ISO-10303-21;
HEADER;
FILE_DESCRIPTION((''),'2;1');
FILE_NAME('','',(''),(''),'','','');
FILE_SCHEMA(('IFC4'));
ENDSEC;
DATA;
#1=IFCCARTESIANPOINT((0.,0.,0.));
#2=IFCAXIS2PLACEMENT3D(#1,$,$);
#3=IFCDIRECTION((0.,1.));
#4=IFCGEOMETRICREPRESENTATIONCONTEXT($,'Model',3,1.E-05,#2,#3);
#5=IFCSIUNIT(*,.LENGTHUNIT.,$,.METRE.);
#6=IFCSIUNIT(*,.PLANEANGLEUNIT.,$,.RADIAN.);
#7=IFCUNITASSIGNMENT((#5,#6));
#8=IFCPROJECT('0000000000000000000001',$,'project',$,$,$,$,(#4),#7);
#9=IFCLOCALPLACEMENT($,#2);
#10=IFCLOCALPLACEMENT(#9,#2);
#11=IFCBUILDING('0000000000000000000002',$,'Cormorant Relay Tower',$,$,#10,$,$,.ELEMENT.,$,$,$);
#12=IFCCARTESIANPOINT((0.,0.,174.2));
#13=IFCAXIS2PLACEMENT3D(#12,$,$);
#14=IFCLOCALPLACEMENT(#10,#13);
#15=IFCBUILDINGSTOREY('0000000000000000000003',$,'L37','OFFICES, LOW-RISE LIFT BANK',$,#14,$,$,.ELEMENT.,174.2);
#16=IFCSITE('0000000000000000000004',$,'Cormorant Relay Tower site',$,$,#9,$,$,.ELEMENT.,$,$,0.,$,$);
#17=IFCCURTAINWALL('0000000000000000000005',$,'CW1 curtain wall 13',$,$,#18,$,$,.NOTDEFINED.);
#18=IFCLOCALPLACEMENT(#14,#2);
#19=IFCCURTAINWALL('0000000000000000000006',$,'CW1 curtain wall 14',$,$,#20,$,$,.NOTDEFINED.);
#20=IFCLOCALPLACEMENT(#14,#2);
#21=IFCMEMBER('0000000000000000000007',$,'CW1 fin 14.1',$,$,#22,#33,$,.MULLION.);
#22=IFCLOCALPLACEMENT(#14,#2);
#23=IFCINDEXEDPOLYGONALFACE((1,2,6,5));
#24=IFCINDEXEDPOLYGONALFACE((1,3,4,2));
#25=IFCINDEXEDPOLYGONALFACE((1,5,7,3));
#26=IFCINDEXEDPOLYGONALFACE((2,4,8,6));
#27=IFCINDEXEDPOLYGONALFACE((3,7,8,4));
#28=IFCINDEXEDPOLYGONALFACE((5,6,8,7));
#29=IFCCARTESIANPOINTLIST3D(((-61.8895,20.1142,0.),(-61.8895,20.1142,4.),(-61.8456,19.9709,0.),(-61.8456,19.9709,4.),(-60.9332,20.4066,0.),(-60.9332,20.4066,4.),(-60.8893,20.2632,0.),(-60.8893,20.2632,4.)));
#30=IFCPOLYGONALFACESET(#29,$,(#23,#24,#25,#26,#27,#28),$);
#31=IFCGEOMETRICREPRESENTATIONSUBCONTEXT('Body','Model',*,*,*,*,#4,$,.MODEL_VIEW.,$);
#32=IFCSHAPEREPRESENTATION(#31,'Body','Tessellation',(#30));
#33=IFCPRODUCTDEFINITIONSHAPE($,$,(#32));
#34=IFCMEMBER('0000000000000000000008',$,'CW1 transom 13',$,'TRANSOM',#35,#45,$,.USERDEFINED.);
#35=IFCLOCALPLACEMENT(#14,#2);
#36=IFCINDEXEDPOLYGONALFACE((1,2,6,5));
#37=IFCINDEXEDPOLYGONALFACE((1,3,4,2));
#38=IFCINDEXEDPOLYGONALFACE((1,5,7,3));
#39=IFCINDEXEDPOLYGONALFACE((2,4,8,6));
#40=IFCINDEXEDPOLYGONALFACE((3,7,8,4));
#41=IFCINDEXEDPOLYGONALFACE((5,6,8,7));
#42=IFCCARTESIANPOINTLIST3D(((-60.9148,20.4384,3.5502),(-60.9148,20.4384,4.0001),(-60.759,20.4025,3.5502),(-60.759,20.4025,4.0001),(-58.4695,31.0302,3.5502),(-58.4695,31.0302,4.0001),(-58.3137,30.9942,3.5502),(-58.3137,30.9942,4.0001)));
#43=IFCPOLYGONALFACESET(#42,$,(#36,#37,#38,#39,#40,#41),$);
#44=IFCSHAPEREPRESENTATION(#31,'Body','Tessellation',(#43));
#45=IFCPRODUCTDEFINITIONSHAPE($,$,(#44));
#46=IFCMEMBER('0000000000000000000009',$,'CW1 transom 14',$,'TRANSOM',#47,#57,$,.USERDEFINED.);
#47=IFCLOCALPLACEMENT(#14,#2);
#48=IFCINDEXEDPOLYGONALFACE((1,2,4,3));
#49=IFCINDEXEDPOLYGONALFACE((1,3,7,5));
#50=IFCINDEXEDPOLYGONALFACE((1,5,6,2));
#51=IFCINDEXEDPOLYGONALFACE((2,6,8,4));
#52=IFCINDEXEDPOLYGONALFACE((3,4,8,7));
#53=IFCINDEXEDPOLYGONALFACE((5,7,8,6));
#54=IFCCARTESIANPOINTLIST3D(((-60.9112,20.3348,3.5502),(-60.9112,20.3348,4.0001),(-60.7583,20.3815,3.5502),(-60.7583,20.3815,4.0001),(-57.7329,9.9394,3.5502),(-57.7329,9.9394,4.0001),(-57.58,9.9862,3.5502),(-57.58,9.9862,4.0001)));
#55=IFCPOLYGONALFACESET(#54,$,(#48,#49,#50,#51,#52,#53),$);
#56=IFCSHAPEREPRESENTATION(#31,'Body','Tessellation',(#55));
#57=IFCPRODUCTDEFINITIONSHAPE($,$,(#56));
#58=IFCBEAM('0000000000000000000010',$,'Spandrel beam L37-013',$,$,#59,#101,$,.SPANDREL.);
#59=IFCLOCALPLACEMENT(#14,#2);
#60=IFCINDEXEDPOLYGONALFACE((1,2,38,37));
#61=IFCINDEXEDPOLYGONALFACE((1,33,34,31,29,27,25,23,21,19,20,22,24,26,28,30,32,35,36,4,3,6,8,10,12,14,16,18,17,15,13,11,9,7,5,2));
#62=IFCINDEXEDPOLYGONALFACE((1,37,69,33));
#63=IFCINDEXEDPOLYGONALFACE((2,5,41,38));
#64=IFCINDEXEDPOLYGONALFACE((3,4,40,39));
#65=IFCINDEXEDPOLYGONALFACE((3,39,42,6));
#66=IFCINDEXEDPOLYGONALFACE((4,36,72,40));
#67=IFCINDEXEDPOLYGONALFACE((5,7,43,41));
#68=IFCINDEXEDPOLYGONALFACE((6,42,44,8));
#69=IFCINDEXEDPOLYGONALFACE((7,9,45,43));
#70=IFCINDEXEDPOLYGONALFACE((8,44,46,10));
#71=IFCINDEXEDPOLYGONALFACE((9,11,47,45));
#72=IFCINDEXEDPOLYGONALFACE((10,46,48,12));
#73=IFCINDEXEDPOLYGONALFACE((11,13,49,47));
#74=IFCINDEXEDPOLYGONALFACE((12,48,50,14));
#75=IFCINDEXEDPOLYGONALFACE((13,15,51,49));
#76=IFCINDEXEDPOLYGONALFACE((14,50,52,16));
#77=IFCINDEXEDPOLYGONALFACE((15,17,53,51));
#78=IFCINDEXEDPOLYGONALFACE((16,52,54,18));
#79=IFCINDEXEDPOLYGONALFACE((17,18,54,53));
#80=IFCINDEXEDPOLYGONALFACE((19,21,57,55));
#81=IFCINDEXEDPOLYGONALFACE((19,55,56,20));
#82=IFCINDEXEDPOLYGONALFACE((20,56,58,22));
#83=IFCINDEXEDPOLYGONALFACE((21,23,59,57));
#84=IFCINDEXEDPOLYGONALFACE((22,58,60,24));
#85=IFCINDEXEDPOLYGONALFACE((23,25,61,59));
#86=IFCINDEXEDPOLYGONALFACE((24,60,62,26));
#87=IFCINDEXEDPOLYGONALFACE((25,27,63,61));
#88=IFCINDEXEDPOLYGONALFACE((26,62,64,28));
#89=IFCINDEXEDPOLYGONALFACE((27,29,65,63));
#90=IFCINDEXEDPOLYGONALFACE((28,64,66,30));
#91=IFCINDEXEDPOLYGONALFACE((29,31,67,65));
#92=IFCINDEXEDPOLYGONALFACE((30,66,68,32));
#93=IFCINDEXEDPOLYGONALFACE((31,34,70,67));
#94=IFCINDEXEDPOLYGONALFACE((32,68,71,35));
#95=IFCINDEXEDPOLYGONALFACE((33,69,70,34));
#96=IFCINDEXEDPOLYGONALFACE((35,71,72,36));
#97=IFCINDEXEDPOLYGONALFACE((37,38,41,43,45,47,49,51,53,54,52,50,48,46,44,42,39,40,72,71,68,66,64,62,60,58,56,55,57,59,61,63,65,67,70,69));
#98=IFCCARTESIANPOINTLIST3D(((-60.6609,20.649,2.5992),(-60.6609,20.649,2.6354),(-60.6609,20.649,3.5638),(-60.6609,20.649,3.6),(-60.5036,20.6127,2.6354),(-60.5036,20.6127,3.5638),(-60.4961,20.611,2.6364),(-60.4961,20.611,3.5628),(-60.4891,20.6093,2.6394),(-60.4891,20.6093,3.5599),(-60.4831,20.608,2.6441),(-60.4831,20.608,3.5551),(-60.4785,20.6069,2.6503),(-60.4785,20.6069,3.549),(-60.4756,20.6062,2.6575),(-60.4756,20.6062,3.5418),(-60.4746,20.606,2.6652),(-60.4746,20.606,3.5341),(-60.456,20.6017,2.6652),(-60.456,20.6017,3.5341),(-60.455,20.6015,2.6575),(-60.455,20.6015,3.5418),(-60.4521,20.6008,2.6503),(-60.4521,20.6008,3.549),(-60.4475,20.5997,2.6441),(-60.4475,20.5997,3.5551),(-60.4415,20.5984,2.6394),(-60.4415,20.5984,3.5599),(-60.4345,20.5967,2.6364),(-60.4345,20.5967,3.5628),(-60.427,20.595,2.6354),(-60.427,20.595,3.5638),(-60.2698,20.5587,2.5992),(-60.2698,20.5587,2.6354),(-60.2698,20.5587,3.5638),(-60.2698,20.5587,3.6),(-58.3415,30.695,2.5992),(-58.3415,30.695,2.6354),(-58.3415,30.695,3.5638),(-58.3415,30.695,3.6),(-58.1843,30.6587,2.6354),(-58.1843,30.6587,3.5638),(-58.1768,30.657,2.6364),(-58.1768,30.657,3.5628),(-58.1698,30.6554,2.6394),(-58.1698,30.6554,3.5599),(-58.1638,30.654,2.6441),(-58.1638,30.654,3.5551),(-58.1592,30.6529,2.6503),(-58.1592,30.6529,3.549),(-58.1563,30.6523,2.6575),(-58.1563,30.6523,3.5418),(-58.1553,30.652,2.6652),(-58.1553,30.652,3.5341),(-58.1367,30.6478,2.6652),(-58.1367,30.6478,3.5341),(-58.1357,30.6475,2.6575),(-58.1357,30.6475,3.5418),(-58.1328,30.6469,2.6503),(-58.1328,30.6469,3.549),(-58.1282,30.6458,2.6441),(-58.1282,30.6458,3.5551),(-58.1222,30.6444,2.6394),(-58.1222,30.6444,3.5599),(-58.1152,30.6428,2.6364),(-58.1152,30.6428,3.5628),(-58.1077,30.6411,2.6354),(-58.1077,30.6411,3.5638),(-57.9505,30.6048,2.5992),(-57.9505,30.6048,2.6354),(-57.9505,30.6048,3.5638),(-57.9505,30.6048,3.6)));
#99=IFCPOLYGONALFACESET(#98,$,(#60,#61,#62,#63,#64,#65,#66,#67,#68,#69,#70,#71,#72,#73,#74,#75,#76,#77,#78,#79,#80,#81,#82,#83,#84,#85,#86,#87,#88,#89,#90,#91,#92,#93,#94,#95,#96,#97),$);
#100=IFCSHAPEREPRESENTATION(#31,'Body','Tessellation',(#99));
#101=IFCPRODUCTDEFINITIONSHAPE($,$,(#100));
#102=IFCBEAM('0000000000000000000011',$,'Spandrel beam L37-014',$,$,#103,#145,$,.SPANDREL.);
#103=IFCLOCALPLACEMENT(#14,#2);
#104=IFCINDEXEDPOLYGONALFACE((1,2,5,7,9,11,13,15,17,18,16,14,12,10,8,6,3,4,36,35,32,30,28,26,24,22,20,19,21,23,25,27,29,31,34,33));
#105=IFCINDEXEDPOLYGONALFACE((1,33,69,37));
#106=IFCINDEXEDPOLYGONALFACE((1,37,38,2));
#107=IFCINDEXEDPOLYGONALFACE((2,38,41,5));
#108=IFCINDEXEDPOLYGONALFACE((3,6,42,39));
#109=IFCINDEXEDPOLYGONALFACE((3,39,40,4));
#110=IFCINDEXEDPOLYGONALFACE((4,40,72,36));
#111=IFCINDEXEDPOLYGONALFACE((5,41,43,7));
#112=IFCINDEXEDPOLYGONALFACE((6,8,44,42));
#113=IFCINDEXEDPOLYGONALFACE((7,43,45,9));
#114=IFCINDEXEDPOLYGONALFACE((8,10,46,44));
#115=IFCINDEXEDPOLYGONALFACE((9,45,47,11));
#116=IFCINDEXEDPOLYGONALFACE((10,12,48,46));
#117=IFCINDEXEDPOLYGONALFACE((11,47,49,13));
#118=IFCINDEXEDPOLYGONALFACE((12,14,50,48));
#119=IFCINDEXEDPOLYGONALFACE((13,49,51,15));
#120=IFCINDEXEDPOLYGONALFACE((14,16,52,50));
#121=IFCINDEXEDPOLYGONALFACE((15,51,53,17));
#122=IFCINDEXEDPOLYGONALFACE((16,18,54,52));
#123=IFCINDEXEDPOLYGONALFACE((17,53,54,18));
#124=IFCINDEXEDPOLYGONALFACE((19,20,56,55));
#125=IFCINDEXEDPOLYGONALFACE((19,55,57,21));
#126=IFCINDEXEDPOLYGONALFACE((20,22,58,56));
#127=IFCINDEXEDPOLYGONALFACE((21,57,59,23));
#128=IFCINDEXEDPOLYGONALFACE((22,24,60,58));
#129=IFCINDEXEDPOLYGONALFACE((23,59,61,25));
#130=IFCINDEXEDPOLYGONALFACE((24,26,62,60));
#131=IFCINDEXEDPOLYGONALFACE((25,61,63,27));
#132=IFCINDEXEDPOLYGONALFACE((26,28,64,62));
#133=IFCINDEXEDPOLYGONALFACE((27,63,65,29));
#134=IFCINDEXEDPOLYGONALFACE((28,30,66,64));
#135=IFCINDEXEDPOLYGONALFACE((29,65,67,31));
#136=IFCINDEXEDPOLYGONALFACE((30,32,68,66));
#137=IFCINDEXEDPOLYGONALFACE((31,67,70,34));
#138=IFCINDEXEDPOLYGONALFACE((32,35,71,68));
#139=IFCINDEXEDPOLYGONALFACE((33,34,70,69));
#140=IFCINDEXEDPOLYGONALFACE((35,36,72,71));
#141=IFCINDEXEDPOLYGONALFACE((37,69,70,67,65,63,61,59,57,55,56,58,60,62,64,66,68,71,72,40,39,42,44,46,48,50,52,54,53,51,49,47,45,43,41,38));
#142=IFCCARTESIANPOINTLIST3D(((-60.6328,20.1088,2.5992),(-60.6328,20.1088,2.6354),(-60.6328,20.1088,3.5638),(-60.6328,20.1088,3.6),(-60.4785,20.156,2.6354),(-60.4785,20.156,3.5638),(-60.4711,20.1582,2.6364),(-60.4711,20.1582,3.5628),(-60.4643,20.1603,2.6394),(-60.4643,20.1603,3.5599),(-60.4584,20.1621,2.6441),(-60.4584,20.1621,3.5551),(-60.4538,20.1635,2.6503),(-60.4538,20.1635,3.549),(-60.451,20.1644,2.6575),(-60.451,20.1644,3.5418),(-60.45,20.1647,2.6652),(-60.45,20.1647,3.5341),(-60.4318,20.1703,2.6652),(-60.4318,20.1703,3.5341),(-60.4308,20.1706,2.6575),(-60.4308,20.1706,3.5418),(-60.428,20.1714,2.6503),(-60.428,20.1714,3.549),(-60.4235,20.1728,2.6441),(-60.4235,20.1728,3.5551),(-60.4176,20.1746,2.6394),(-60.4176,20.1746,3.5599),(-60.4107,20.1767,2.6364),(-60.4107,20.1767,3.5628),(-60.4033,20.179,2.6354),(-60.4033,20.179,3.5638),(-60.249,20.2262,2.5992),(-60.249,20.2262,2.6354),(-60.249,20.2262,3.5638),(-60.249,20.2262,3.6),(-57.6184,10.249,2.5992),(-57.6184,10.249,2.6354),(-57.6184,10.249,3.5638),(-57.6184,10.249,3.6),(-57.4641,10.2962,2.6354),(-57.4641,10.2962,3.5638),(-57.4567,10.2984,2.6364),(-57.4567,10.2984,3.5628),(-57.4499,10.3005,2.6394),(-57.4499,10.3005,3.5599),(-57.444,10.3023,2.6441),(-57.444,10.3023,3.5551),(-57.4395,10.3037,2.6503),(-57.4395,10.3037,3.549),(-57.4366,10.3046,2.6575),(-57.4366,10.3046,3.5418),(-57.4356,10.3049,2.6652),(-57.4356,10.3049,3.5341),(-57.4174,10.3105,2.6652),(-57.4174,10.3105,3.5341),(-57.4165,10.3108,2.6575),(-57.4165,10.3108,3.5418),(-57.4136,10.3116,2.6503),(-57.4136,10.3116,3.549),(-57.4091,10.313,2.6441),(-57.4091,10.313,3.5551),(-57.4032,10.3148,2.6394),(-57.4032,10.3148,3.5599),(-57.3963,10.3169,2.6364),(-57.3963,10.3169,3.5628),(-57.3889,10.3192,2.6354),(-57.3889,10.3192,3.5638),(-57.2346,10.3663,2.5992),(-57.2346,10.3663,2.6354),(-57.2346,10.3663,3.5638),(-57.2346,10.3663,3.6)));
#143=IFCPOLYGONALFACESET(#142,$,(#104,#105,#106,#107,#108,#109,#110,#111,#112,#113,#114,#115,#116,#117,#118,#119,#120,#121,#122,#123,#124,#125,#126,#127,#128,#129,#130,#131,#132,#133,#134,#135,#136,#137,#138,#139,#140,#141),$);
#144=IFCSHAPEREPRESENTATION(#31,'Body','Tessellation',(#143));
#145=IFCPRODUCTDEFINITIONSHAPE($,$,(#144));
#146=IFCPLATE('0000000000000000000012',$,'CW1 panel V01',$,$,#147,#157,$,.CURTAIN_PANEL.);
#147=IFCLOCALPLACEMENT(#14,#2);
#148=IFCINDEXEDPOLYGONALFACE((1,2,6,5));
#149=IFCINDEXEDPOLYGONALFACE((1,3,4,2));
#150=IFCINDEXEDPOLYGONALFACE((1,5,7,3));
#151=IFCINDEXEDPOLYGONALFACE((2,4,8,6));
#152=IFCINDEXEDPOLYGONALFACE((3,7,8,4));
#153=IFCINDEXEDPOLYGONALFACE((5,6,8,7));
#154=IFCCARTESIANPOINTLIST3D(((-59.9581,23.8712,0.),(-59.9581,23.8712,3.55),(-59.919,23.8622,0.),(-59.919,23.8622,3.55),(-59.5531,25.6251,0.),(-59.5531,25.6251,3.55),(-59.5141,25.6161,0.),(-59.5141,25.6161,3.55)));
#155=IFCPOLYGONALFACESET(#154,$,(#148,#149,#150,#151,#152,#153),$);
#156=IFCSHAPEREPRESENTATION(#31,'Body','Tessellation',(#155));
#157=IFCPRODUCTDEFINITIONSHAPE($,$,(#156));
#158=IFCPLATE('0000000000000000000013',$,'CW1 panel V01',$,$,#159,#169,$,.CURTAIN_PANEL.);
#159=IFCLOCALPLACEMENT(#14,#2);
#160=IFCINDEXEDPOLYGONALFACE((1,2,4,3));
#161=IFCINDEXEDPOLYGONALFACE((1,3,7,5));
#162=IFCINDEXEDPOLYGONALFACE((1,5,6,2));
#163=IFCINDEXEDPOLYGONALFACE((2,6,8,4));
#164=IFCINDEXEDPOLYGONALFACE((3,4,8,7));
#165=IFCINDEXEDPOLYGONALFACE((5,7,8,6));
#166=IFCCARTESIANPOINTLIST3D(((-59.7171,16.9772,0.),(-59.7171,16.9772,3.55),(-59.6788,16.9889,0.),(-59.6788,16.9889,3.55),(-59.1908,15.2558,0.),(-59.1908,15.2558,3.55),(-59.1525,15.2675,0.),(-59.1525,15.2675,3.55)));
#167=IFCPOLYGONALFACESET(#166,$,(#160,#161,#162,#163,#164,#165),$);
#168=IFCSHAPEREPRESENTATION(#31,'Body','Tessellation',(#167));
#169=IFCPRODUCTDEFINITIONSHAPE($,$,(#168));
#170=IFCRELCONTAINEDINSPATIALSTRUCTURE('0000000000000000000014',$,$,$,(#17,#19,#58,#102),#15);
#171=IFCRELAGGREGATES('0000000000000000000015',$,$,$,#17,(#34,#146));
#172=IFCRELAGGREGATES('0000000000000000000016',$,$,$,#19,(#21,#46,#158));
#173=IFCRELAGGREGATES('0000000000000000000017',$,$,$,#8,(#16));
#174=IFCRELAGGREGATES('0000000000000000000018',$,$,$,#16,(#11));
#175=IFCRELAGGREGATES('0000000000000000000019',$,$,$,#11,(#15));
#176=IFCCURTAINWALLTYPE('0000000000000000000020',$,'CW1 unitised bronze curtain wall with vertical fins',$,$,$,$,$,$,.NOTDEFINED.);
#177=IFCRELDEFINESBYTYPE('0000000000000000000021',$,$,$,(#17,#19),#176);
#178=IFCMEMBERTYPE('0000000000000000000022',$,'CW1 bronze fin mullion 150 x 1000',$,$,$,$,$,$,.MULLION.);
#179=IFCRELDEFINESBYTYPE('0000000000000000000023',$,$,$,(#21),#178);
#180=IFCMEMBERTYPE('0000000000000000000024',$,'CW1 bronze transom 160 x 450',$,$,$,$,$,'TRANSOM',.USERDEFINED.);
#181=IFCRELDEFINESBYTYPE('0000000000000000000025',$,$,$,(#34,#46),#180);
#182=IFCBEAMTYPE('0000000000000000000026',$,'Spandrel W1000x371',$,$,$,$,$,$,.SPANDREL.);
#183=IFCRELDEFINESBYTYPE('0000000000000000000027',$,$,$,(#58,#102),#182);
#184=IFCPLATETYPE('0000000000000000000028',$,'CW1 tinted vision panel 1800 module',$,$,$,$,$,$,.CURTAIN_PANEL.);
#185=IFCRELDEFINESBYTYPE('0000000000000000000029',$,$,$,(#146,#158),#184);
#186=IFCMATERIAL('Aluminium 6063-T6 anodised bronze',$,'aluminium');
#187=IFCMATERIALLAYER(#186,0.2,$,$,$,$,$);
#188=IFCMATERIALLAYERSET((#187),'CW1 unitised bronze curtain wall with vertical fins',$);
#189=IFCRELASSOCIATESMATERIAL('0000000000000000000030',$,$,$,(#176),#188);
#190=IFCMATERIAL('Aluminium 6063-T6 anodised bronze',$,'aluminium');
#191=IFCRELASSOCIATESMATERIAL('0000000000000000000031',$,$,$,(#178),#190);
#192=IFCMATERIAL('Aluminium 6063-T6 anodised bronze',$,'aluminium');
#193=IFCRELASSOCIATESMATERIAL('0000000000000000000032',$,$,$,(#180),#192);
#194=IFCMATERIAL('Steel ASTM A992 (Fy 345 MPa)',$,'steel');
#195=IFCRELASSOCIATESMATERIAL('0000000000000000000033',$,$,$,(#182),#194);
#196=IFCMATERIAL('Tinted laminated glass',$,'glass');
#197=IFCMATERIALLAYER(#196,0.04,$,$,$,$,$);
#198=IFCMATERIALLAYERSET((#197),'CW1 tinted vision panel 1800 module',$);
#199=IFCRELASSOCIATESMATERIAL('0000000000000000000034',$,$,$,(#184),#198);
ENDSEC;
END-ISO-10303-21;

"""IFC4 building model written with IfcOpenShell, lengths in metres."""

from ifc_helpers import new_model, si_unit, direction, frame, origin, origin_2d, place, context, subcontext, project, spatial, rectangle, i_section, extrude, material, layer, layer_set, material_profile, profile_set, type_object, element, aggregate, save


model = new_model("IFC4")

# Units and contexts
model_context = context("Model", 3, precision=1e-05, world=origin(), true_north=direction((0.0, 1.0)))
body_context = subcontext(model_context, "Body", "Model", "MODEL_VIEW")
ifc_project = project(units=[si_unit("LENGTHUNIT", "METRE"), si_unit("PLANEANGLEUNIT", "RADIAN")], contexts=[model_context])

# Site, building, storey
site_placement = place(None, origin())
site = spatial("IfcSite", under=ifc_project, at=site_placement, Name="Cormorant Relay Tower site", CompositionType="ELEMENT", RefElevation=0.0)
building_placement = place(site_placement, origin())
building = spatial("IfcBuilding", under=site, at=building_placement, Name="Cormorant Relay Tower", CompositionType="ELEMENT")
storey_placement = place(building_placement, frame((0.0, 0.0, 174.2)))
storey = spatial("IfcBuildingStorey", under=building, at=storey_placement, Name="L37", Description="OFFICES, LOW-RISE LIFT BANK", CompositionType="ELEMENT", Elevation=174.2)

# Curtain walls, member
ifc_material_1 = material(Name="Aluminium 6063-T6 anodised bronze", Category="aluminium")
ifc_layer_1 = layer(ifc_material_1, 0.2)
ifc_layer_set_1 = layer_set([ifc_layer_1], Name="CW1 unitised bronze curtain wall with vertical fins")
curtain_wall_type = type_object("IfcCurtainWallType", Name="CW1 unitised bronze curtain wall with vertical fins", PredefinedType="NOTDEFINED", material=ifc_layer_set_1)
curtain_wall_1_placement = place(storey_placement, origin())
curtain_wall_1 = element("IfcCurtainWall", 1, at=curtain_wall_1_placement, inside=storey, type_object=curtain_wall_type, Name="CW1 curtain wall 13", PredefinedType="NOTDEFINED")
ifc_material_2 = material(Name="Aluminium 6063-T6 anodised bronze", Category="aluminium")
ifc_material_profile_1 = material_profile(ifc_material_2, rectangle(XDim=0.1499, YDim=1.0, at=origin_2d()), Name="AL 150x1000")
ifc_profile_set_1 = profile_set([ifc_material_profile_1], Name="Aluminium 6063-T6 anodised bronze")
member_type_1 = type_object("IfcMemberType", Name="CW1 bronze fin mullion 150 x 1000", PredefinedType="MULLION", material=ifc_profile_set_1)
curtain_wall_2_placement = place(storey_placement, origin())
curtain_wall_2 = element("IfcCurtainWall", 2, at=curtain_wall_2_placement, inside=storey, type_object=curtain_wall_type, Name="CW1 curtain wall 14", PredefinedType="NOTDEFINED")
member_1_placement = place(storey_placement, frame((-61.3894, 20.1887, 0.0), z_axis=(0.0, 0.0, 1.0), x_axis=(0.292372, -0.956305, 0.0)))
member_1 = element("IfcMember", 3, at=member_1_placement, type_object=member_type_1, Name="CW1 fin 14.1", PredefinedType="MULLION", context=body_context, shape_type="SweptSolid", body=[
    extrude(rectangle(XDim=0.1499, YDim=1.0, at=origin_2d()), origin(), (0.0, 0.0, 1.0), 4.0),
])

# Members
ifc_material_3 = material(Name="Aluminium 6063-T6 anodised bronze", Category="aluminium")
ifc_material_profile_2 = material_profile(ifc_material_3, rectangle(XDim=0.1599, YDim=0.45, at=origin_2d()), Name="AL 160x450")
ifc_profile_set_2 = profile_set([ifc_material_profile_2], Name="Aluminium 6063-T6 anodised bronze")
member_type_2 = type_object("IfcMemberType", Name="CW1 bronze transom 160 x 450", ElementType="TRANSOM", PredefinedType="USERDEFINED", material=ifc_profile_set_2)
member_2_placement = place(storey_placement, frame((-58.3916, 31.0122, 3.7751), z_axis=(-0.224951, -0.97437, 0.0), x_axis=(0.97437, -0.224951, 0.0)))
member_2 = element("IfcMember", 4, at=member_2_placement, type_object=member_type_2, Name="CW1 transom 13", ObjectType="TRANSOM", PredefinedType="USERDEFINED", context=body_context, shape_type="SweptSolid", body=[
    extrude(rectangle(XDim=0.1599, YDim=0.45, at=origin_2d()), origin(), (0.0, 0.0, 1.0), 10.8704),
])
member_3_placement = place(storey_placement, frame((-60.8347, 20.3582, 3.7751), z_axis=(0.292378, -0.956303, 0.0), x_axis=(0.956303, 0.292378, 0.0)))
member_3 = element("IfcMember", 5, at=member_3_placement, type_object=member_type_2, Name="CW1 transom 14", ObjectType="TRANSOM", PredefinedType="USERDEFINED", context=body_context, shape_type="SweptSolid", body=[
    extrude(rectangle(XDim=0.1599, YDim=0.45, at=origin_2d()), origin(), (0.0, 0.0, 1.0), 10.8704),
])

# Beams
ifc_material_4 = material(Name="Steel ASTM A992 (Fy 345 MPa)", Category="steel")
ifc_material_profile_3 = material_profile(ifc_material_4, i_section(OverallWidth=0.4014, OverallDepth=1.0007, WebThickness=0.019, FlangeThickness=0.0361, FilletRadius=0.0298, at=origin_2d()), Name="W1000x371")
ifc_profile_set_3 = profile_set([ifc_material_profile_3], Name="Steel ASTM A992 (Fy 345 MPa)")
beam_type = type_object("IfcBeamType", Name="Spandrel W1000x371", PredefinedType="SPANDREL", material=ifc_profile_set_3)
for number, where, z_axis, x_axis, name in (
    (6, (-58.146, 30.6499, 3.0996), (-0.224951, -0.97437, 0.0), (0.97437, -0.224951, 0.0), "Spandrel beam L37-013"),
    (7, (-60.4409, 20.1675, 3.0996), (0.292367, -0.956306, 0.0), (0.956306, 0.292367, 0.0), "Spandrel beam L37-014"),
):
    element("IfcBeam", number, at=place(storey_placement, frame(where, z_axis=z_axis, x_axis=x_axis)), inside=storey, type_object=beam_type, Name=name, PredefinedType="SPANDREL", context=body_context, shape_type="SweptSolid", body=[
        extrude(i_section(OverallWidth=0.4014, OverallDepth=1.0007, WebThickness=0.019, FlangeThickness=0.0361, FilletRadius=0.0298, at=origin_2d()), origin(), (0.0, 0.0, 1.0), 10.3103),
    ])

# Plates
ifc_material_5 = material(Name="Tinted laminated glass", Category="glass")
ifc_layer_2 = layer(ifc_material_5, 0.04)
ifc_layer_set_2 = layer_set([ifc_layer_2], Name="CW1 tinted vision panel 1800 module")
plate_type = type_object("IfcPlateType", Name="CW1 tinted vision panel 1800 module", PredefinedType="CURTAIN_PANEL", material=ifc_layer_set_2)
plate_1_placement = place(storey_placement, frame((-59.7361, 24.7437, 0.0), z_axis=(0.0, 0.0, 1.0), x_axis=(-0.224951, -0.97437, 0.0)))
plate_1 = element("IfcPlate", 8, at=plate_1_placement, type_object=plate_type, Name="CW1 panel V01", PredefinedType="CURTAIN_PANEL", context=body_context, shape_type="SweptSolid", body=[
    extrude(rectangle(XDim=1.8, YDim=0.04, at=origin_2d()), origin(), (0.0, 0.0, 1.0), 3.55),
])
plate_2_placement = place(storey_placement, frame((-59.4348, 16.1223, 0.0), z_axis=(0.0, 0.0, 1.0), x_axis=(0.292372, -0.956305, 0.0)))
plate_2 = element("IfcPlate", 9, at=plate_2_placement, type_object=plate_type, Name="CW1 panel V01", PredefinedType="CURTAIN_PANEL", context=body_context, shape_type="SweptSolid", body=[
    extrude(rectangle(XDim=1.8, YDim=0.04, at=origin_2d()), origin(), (0.0, 0.0, 1.0), 3.55),
])

aggregate(curtain_wall_1, [member_2, plate_1])
aggregate(curtain_wall_2, [member_1, member_3, plate_2])

save(model, "model.ifc")
